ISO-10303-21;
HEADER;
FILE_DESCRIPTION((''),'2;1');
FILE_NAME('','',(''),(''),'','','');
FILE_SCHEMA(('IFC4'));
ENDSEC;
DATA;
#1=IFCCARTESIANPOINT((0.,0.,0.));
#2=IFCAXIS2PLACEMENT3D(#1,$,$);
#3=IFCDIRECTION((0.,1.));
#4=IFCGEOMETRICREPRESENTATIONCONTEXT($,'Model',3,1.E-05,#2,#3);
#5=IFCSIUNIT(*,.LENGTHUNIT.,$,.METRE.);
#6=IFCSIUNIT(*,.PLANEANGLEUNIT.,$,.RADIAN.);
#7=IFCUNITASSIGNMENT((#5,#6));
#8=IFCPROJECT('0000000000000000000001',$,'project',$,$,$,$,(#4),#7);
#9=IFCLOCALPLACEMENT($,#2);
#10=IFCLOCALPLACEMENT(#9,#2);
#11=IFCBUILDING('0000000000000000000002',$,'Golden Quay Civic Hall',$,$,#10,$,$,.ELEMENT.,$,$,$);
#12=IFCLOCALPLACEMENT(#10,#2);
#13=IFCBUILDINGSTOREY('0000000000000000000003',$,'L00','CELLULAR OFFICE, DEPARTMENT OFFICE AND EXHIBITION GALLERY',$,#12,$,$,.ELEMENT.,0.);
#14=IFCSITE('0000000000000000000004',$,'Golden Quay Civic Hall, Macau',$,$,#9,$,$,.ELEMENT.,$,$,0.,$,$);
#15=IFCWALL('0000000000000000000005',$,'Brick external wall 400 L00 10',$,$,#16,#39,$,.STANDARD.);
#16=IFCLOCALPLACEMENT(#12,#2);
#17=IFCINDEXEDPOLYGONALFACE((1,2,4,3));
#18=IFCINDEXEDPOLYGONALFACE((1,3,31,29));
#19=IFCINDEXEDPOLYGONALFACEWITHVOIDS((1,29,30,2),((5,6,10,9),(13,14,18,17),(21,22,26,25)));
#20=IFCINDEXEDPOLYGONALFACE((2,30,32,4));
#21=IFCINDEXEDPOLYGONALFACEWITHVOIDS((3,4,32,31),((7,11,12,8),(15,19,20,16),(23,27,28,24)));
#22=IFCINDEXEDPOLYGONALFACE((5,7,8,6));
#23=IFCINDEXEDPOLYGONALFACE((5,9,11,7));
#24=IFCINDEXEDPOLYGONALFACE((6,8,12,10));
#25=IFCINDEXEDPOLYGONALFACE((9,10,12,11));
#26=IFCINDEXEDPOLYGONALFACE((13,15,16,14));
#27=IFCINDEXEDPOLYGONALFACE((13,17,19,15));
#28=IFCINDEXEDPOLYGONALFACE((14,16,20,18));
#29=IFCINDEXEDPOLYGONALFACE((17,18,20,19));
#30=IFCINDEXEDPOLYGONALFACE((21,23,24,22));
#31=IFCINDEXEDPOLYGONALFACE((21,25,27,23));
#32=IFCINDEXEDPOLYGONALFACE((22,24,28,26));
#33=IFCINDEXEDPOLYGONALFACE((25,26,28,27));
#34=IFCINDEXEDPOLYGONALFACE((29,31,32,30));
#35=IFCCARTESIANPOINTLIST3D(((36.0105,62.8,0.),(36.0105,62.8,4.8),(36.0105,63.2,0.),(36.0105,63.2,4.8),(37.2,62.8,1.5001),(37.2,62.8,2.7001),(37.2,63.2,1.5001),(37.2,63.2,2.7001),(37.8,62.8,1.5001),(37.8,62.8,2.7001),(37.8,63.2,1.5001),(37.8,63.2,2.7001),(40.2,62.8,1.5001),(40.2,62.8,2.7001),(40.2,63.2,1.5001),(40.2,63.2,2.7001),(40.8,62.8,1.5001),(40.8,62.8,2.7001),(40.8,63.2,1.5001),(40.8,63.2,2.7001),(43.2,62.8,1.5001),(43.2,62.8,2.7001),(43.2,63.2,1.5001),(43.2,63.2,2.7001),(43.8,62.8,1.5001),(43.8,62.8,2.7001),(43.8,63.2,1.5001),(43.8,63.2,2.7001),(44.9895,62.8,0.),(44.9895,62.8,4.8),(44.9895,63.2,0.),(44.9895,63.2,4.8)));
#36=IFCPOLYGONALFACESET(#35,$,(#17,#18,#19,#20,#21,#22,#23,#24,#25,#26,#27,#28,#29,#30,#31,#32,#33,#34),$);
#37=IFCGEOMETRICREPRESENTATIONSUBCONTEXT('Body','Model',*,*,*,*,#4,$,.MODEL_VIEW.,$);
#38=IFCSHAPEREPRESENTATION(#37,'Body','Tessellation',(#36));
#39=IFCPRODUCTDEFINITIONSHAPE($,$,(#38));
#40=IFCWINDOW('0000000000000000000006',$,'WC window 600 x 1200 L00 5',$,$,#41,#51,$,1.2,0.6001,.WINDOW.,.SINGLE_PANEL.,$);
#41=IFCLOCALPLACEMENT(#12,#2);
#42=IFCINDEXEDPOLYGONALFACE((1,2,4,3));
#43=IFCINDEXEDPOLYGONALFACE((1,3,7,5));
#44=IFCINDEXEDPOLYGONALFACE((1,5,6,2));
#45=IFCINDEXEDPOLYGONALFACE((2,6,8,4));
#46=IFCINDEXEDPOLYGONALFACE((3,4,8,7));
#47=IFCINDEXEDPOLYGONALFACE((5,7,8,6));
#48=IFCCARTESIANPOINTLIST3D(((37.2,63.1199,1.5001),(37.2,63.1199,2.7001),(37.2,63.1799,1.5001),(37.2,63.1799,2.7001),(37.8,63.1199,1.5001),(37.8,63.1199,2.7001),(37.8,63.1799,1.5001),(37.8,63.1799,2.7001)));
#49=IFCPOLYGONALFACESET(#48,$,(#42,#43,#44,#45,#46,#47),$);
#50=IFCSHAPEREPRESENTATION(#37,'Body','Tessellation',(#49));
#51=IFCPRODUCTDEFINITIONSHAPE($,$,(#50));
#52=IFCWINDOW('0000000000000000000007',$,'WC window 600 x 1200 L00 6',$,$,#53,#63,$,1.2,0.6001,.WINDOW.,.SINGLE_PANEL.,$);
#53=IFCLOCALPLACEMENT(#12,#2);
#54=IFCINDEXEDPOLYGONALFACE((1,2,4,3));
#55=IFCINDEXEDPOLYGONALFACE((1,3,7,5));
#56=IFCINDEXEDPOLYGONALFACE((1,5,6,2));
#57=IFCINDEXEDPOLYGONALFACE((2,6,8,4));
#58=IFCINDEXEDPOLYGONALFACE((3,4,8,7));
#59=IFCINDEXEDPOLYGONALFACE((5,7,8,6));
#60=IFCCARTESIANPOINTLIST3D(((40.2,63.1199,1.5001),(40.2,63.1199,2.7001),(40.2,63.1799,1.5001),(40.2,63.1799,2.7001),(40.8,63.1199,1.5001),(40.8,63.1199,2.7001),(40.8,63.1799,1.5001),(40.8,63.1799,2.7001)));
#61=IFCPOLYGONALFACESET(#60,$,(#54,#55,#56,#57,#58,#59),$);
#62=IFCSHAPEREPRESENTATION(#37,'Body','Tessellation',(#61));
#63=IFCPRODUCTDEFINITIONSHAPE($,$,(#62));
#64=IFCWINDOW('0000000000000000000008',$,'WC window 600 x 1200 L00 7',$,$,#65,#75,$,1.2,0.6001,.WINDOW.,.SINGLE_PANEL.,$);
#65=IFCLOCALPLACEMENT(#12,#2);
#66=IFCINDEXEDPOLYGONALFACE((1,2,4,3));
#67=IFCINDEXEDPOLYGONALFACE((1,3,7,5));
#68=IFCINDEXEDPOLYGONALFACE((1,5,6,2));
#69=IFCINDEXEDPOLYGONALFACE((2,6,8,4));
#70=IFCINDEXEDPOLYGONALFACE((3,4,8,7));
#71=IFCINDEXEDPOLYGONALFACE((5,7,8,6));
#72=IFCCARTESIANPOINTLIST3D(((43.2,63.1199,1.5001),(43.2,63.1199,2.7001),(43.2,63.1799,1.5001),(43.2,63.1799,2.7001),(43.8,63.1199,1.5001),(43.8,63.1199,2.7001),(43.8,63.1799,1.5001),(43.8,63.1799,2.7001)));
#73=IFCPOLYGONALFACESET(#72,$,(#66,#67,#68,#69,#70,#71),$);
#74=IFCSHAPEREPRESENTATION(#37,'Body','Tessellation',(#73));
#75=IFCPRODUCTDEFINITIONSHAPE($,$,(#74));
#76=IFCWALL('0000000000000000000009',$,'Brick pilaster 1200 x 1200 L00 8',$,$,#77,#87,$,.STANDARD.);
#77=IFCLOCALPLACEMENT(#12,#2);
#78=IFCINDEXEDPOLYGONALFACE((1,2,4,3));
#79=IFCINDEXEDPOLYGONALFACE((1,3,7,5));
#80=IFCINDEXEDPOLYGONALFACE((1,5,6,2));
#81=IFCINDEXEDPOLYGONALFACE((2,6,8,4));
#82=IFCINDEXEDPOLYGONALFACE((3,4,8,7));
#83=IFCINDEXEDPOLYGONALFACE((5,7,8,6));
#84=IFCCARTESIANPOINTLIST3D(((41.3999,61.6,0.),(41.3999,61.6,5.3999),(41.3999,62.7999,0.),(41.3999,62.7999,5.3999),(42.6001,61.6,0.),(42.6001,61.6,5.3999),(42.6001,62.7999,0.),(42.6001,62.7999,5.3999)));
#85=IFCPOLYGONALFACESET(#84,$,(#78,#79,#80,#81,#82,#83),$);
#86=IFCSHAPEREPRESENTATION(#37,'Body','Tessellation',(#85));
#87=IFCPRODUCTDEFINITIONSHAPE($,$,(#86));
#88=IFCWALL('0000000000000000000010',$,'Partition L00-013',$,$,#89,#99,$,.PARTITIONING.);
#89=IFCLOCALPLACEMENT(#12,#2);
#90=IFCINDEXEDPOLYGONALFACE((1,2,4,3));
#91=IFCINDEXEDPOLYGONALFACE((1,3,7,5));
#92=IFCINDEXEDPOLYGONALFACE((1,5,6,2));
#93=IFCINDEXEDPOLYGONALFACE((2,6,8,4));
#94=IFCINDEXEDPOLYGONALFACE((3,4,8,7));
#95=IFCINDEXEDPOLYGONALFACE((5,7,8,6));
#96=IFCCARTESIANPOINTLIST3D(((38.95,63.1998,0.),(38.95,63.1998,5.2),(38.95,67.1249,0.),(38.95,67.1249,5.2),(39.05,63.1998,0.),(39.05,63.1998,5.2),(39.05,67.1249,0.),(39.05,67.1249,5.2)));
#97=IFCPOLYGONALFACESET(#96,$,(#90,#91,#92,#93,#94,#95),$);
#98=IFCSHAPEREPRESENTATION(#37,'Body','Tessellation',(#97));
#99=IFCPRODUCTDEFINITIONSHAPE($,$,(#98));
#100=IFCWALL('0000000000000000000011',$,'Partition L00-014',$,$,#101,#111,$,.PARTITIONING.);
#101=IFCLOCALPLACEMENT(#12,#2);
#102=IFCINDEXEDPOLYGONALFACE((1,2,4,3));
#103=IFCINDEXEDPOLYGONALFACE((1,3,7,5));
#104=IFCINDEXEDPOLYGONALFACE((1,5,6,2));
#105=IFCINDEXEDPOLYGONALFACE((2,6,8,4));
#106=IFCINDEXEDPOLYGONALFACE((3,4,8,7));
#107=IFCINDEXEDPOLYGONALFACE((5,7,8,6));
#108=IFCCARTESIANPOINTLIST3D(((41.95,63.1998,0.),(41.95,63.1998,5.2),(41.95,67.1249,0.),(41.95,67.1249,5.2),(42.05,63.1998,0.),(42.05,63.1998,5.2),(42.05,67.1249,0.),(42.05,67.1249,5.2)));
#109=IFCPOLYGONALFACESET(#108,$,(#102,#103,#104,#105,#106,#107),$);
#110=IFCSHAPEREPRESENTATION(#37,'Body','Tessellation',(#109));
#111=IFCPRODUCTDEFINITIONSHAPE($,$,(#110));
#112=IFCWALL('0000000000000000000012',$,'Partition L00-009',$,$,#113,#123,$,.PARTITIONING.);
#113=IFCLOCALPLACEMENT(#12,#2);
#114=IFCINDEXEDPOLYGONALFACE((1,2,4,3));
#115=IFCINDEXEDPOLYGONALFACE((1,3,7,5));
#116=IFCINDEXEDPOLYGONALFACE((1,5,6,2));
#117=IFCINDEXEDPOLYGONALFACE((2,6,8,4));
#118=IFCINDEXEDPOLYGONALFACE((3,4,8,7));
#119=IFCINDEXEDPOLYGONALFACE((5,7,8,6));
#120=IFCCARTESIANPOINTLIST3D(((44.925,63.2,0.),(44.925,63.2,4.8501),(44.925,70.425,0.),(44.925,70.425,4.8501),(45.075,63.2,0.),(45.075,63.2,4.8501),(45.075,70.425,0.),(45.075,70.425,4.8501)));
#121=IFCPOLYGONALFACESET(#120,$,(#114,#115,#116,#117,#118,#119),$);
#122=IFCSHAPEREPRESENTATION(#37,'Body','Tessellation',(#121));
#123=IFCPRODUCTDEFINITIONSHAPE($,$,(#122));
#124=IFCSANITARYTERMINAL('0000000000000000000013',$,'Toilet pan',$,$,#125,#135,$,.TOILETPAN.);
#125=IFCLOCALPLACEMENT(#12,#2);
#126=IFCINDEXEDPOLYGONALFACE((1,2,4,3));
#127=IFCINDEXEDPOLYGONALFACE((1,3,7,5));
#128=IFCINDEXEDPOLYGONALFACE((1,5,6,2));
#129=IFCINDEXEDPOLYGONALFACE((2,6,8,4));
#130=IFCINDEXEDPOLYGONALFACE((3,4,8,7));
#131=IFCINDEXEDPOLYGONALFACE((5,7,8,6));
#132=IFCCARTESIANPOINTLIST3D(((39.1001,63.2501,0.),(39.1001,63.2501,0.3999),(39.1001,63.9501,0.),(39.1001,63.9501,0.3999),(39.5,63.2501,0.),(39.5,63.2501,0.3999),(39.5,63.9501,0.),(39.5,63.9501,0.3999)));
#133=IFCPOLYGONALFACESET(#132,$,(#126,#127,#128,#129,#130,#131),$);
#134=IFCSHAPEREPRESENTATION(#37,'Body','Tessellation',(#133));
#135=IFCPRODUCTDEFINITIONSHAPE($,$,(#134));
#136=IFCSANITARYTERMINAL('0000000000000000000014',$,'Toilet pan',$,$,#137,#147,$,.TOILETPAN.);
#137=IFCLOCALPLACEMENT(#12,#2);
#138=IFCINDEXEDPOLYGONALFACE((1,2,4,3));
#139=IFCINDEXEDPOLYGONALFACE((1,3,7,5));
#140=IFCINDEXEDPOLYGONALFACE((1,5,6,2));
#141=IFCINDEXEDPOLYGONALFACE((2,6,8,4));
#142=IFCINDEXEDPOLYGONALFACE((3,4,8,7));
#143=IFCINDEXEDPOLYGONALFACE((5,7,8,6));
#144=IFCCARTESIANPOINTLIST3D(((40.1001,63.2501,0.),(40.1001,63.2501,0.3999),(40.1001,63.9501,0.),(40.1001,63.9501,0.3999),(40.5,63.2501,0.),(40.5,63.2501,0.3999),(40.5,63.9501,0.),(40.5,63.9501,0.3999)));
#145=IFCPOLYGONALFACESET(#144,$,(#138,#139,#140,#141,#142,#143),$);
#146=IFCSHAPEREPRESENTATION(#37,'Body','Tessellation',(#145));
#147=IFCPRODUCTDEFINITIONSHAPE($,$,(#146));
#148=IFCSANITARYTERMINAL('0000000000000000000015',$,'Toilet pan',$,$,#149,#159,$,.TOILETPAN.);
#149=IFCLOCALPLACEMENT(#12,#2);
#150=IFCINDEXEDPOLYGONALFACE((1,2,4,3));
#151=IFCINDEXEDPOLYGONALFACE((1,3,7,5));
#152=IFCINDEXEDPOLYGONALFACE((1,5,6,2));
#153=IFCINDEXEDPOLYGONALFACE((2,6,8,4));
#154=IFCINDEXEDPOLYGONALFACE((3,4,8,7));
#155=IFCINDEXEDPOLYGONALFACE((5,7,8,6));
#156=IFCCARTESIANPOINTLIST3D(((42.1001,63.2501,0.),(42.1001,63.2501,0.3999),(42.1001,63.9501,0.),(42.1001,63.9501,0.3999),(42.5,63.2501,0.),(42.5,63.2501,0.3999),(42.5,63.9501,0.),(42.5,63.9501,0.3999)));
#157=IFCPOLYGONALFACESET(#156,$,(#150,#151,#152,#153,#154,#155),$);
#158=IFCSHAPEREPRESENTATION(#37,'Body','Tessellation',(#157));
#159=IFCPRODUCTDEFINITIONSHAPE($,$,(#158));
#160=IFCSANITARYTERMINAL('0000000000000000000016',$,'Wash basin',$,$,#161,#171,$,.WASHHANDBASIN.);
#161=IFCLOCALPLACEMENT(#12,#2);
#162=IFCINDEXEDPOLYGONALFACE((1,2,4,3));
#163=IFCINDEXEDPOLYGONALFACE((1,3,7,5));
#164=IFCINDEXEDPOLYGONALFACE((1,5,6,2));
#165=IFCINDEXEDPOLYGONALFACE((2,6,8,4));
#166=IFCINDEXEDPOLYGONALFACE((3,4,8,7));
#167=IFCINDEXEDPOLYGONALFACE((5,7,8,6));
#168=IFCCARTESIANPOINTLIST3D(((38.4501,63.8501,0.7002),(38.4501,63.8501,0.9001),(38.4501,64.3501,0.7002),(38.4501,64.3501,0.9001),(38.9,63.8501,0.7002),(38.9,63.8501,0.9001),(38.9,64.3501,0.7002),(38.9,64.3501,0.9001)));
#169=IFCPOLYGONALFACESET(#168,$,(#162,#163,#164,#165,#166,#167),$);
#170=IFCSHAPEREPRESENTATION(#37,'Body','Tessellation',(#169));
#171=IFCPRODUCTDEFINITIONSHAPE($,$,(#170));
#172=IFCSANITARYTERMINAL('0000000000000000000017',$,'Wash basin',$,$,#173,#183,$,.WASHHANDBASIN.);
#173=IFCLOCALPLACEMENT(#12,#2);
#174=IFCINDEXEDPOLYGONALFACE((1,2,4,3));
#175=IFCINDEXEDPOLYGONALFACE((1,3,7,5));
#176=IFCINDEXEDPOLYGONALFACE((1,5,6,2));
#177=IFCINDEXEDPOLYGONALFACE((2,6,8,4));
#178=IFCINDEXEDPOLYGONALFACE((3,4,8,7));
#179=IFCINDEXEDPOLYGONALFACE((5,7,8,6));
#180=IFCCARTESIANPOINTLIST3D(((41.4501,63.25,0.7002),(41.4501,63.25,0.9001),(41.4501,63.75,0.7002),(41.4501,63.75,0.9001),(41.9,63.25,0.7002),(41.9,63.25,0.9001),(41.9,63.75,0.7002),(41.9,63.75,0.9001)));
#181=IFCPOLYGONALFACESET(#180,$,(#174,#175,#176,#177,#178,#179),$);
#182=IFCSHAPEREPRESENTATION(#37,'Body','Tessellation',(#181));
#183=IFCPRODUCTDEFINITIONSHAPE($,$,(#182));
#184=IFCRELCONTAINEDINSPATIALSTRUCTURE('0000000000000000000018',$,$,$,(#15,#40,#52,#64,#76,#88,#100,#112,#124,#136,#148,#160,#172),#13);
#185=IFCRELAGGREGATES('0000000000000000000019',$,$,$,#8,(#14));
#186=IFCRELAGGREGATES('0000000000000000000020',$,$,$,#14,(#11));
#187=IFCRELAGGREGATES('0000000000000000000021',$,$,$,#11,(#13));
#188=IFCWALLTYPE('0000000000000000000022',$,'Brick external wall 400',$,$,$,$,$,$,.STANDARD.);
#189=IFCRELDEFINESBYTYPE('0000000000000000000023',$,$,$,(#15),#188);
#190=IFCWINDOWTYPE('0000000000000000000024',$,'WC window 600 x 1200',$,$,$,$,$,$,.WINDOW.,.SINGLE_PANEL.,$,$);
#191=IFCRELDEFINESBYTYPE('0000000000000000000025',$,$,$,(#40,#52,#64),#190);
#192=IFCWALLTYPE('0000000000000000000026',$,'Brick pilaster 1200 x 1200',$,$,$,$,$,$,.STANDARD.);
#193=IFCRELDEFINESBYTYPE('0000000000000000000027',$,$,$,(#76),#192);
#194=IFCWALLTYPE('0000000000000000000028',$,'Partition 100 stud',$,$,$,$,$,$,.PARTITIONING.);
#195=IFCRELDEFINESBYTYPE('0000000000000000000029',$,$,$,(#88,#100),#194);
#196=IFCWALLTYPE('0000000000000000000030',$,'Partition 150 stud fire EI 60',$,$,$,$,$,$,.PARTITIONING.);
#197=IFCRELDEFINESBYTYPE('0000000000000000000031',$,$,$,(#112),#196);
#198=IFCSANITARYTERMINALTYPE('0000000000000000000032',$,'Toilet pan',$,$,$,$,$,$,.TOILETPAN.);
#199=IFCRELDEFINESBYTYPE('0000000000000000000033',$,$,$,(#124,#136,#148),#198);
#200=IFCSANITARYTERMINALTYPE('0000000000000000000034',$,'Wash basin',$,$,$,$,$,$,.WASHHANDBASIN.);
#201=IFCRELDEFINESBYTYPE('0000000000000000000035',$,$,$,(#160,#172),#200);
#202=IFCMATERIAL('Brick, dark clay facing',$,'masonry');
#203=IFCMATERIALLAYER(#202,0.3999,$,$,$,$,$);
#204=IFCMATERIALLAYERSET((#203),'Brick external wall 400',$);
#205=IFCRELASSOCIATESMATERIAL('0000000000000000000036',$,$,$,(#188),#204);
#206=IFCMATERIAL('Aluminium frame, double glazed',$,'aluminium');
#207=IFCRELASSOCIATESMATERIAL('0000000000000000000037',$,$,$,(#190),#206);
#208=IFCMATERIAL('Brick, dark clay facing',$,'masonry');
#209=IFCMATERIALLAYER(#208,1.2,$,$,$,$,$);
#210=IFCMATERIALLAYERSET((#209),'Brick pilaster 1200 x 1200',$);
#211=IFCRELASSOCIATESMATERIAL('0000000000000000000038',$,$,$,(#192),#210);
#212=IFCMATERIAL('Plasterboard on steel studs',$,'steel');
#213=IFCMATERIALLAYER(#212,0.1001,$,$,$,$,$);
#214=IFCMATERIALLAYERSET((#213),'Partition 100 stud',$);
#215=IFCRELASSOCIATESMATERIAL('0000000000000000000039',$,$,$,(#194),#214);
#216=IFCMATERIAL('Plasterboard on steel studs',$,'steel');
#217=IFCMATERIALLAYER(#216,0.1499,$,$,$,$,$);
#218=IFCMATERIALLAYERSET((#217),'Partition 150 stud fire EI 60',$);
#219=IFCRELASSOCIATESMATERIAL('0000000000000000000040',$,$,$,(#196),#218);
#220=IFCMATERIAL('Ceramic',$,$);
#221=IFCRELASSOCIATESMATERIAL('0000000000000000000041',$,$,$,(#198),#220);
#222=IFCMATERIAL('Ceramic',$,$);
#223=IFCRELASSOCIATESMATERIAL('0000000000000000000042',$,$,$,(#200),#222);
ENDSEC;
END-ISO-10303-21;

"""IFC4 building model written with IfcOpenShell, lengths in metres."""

from ifc_helpers import new_model, si_unit, direction, frame, frame_2d, origin, origin_2d, place, context, subcontext, project, spatial, rectangle, extrude, material, layer, layer_set, type_object, element, fill, save


model = new_model("IFC4")

# Units and contexts
model_context = context("Model", 3, precision=1e-05, world=origin(), true_north=direction((0.0, 1.0)))
body_context = subcontext(model_context, "Body", "Model", "MODEL_VIEW")
ifc_project = project(units=[si_unit("LENGTHUNIT", "METRE"), si_unit("PLANEANGLEUNIT", "RADIAN")], contexts=[model_context])

# Site, building, storey
site_placement = place(None, origin())
site = spatial("IfcSite", under=ifc_project, at=site_placement, Name="Golden Quay Civic Hall, Macau", CompositionType="ELEMENT", RefElevation=0.0)
building_placement = place(site_placement, origin())
building = spatial("IfcBuilding", under=site, at=building_placement, Name="Golden Quay Civic Hall", CompositionType="ELEMENT")
storey_placement = place(building_placement, origin())
storey = spatial("IfcBuildingStorey", under=building, at=storey_placement, Name="L00", Description="CELLULAR OFFICE, DEPARTMENT OFFICE AND EXHIBITION GALLERY", CompositionType="ELEMENT", Elevation=0.0)

# Wall, openings, windows
ifc_material_1 = material(Name="Brick, dark clay facing", Category="masonry")
ifc_layer_1 = layer(ifc_material_1, 0.3999)
ifc_layer_set_1 = layer_set([ifc_layer_1], Name="Brick external wall 400")
wall_type_1 = type_object("IfcWallType", Name="Brick external wall 400", PredefinedType="STANDARD", material=ifc_layer_set_1)
wall_1_placement = place(storey_placement, frame((44.9895, 63.0, 0.0), z_axis=(0.0, 0.0, 1.0), x_axis=(-1.0, 0.0, 0.0)))
wall_1 = element("IfcWall", 1, at=wall_1_placement, inside=storey, type_object=wall_type_1, Name="Brick external wall 400 L00 10", PredefinedType="STANDARD", context=body_context, shape_type="SweptSolid", body=[
    extrude(rectangle(XDim=8.979, YDim=0.3999, at=frame_2d((4.4895, 0.0))), origin(), (0.0, 0.0, 1.0), 4.8),
])
opening_1_placement = place(wall_1_placement, frame((7.1895, 0.0, 1.5)))
opening_1 = element("IfcOpeningElement", 2, at=opening_1_placement, cuts=wall_1, PredefinedType="OPENING", context=body_context, shape_type="SweptSolid", body=[
    extrude(rectangle(XDim=0.6001, YDim=1.2, at=frame_2d((0.3, 0.6001))), frame((0.0, 0.21, 0.0), z_axis=(0.0, -1.0, 0.0), x_axis=(1.0, 0.0, 0.0)), (0.0, 0.0, 1.0), 0.4199),
])
opening_2_placement = place(wall_1_placement, frame((4.1895, 0.0, 1.5)))
opening_2 = element("IfcOpeningElement", 3, at=opening_2_placement, cuts=wall_1, PredefinedType="OPENING", context=body_context, shape_type="SweptSolid", body=[
    extrude(rectangle(XDim=0.6001, YDim=1.2, at=frame_2d((0.3, 0.6001))), frame((0.0, 0.21, 0.0), z_axis=(0.0, -1.0, 0.0), x_axis=(1.0, 0.0, 0.0)), (0.0, 0.0, 1.0), 0.4199),
])
opening_3_placement = place(wall_1_placement, frame((1.1895, 0.0, 1.5)))
opening_3 = element("IfcOpeningElement", 4, at=opening_3_placement, cuts=wall_1, PredefinedType="OPENING", context=body_context, shape_type="SweptSolid", body=[
    extrude(rectangle(XDim=0.6001, YDim=1.2, at=frame_2d((0.3, 0.6001))), frame((0.0, 0.21, 0.0), z_axis=(0.0, -1.0, 0.0), x_axis=(1.0, 0.0, 0.0)), (0.0, 0.0, 1.0), 0.4199),
])
ifc_material_2 = material(Name="Aluminium frame, double glazed", Category="aluminium")
window_type = type_object("IfcWindowType", Name="WC window 600 x 1200", PartitioningType="SINGLE_PANEL", PredefinedType="WINDOW", material=ifc_material_2)
window_1_placement = place(opening_1_placement, origin())
window_1 = element("IfcWindow", 5, at=window_1_placement, inside=storey, type_object=window_type, Name="WC window 600 x 1200 L00 5", OverallHeight=1.2, OverallWidth=0.6001, PartitioningType="SINGLE_PANEL", PredefinedType="WINDOW", context=body_context, shape_type="SweptSolid", body=[
    extrude(rectangle(XDim=0.6001, YDim=1.2, at=frame_2d((0.3, 0.6001))), frame((0.0, -0.1199, 0.0), z_axis=(0.0, -1.0, 0.0), x_axis=(1.0, 0.0, 0.0)), (0.0, 0.0, 1.0), 0.0601),
])
fill(opening_1, window_1)
window_2_placement = place(opening_2_placement, origin())
window_2 = element("IfcWindow", 6, at=window_2_placement, inside=storey, type_object=window_type, Name="WC window 600 x 1200 L00 6", OverallHeight=1.2, OverallWidth=0.6001, PartitioningType="SINGLE_PANEL", PredefinedType="WINDOW", context=body_context, shape_type="SweptSolid", body=[
    extrude(rectangle(XDim=0.6001, YDim=1.2, at=frame_2d((0.3, 0.6001))), frame((0.0, -0.1199, 0.0), z_axis=(0.0, -1.0, 0.0), x_axis=(1.0, 0.0, 0.0)), (0.0, 0.0, 1.0), 0.0601),
])
fill(opening_2, window_2)
window_3_placement = place(opening_3_placement, origin())
window_3 = element("IfcWindow", 7, at=window_3_placement, inside=storey, type_object=window_type, Name="WC window 600 x 1200 L00 7", OverallHeight=1.2, OverallWidth=0.6001, PartitioningType="SINGLE_PANEL", PredefinedType="WINDOW", context=body_context, shape_type="SweptSolid", body=[
    extrude(rectangle(XDim=0.6001, YDim=1.2, at=frame_2d((0.3, 0.6001))), frame((0.0, -0.1199, 0.0), z_axis=(0.0, -1.0, 0.0), x_axis=(1.0, 0.0, 0.0)), (0.0, 0.0, 1.0), 0.0601),
])
fill(opening_3, window_3)

# Walls
ifc_material_3 = material(Name="Brick, dark clay facing", Category="masonry")
ifc_layer_2 = layer(ifc_material_3, 1.2)
ifc_layer_set_2 = layer_set([ifc_layer_2], Name="Brick pilaster 1200 x 1200")
wall_type_2 = type_object("IfcWallType", Name="Brick pilaster 1200 x 1200", PredefinedType="STANDARD", material=ifc_layer_set_2)
wall_2_placement = place(storey_placement, frame((41.3999, 62.2, 0.0), z_axis=(0.0, 0.0, 1.0), x_axis=(1.0, 0.0, 0.0)))
element("IfcWall", 8, at=wall_2_placement, inside=storey, type_object=wall_type_2, Name="Brick pilaster 1200 x 1200 L00 8", PredefinedType="STANDARD", context=body_context, shape_type="SweptSolid", body=[
    extrude(rectangle(XDim=1.2002, YDim=1.2, at=frame_2d((0.6001, 0.0))), origin(), (0.0, 0.0, 1.0), 5.3999),
])
ifc_material_4 = material(Name="Plasterboard on steel studs", Category="steel")
ifc_layer_3 = layer(ifc_material_4, 0.1001)
ifc_layer_set_3 = layer_set([ifc_layer_3], Name="Partition 100 stud")
wall_type_3 = type_object("IfcWallType", Name="Partition 100 stud", PredefinedType="PARTITIONING", material=ifc_layer_set_3)
for number, where, z_axis, x_axis, name in (
    (9, (39.0, 63.2, 0.0), (0.0, 0.0, 1.0), (0.0, 1.0, 0.0), "Partition L00-013"),
    (10, (42.0, 63.2, 0.0), (0.0, 0.0, 1.0), (0.0, 1.0, 0.0), "Partition L00-014"),
):
    element("IfcWall", number, at=place(storey_placement, frame(where, z_axis=z_axis, x_axis=x_axis)), inside=storey, type_object=wall_type_3, Name=name, PredefinedType="PARTITIONING", context=body_context, shape_type="SweptSolid", body=[
        extrude(rectangle(XDim=3.925, YDim=0.1001, at=frame_2d((1.9624, 0.0))), origin(), (0.0, 0.0, 1.0), 5.2),
    ])
ifc_material_5 = material(Name="Plasterboard on steel studs", Category="steel")
ifc_layer_4 = layer(ifc_material_5, 0.1499)
ifc_layer_set_4 = layer_set([ifc_layer_4], Name="Partition 150 stud fire EI 60")
wall_type_4 = type_object("IfcWallType", Name="Partition 150 stud fire EI 60", PredefinedType="PARTITIONING", material=ifc_layer_set_4)
wall_3_placement = place(storey_placement, frame((45.0, 63.2, 0.0), z_axis=(0.0, 0.0, 1.0), x_axis=(0.0, 1.0, 0.0)))
element("IfcWall", 11, at=wall_3_placement, inside=storey, type_object=wall_type_4, Name="Partition L00-009", PredefinedType="PARTITIONING", context=body_context, shape_type="SweptSolid", body=[
    extrude(rectangle(XDim=7.2251, YDim=0.1499, at=frame_2d((3.6125, 0.0))), origin(), (0.0, 0.0, 1.0), 4.8501),
])

# Sanitary terminals
ifc_material_6 = material(Name="Ceramic")
sanitary_terminal_type_1 = type_object("IfcSanitaryTerminalType", Name="Toilet pan", PredefinedType="TOILETPAN", material=ifc_material_6)
for number, where, z_axis, x_axis, name in (
    (12, (39.3, 63.6001, 0.0), (0.0, 0.0, 1.0), (1.0, 0.0, 0.0), "Toilet pan"),
    (13, (40.3, 63.6001, 0.0), (0.0, 0.0, 1.0), (1.0, 0.0, 0.0), "Toilet pan"),
    (14, (42.3, 63.6001, 0.0), (0.0, 0.0, 1.0), (1.0, 0.0, 0.0), "Toilet pan"),
):
    element("IfcSanitaryTerminal", number, at=place(storey_placement, frame(where, z_axis=z_axis, x_axis=x_axis)), inside=storey, type_object=sanitary_terminal_type_1, Name=name, PredefinedType="TOILETPAN", context=body_context, shape_type="SweptSolid", body=[
        extrude(rectangle(XDim=0.3999, YDim=0.7, at=origin_2d()), origin(), (0.0, 0.0, 1.0), 0.3999),
    ])
ifc_material_7 = material(Name="Ceramic")
sanitary_terminal_type_2 = type_object("IfcSanitaryTerminalType", Name="Wash basin", PredefinedType="WASHHANDBASIN", material=ifc_material_7)
for number, where, z_axis, x_axis, name in (
    (15, (38.675, 64.1001, 0.7002), (0.0, 0.0, 1.0), (0.0, 1.0, 0.0), "Wash basin"),
    (16, (41.675, 63.5, 0.7002), (0.0, 0.0, 1.0), (0.0, 1.0, 0.0), "Wash basin"),
):
    element("IfcSanitaryTerminal", number, at=place(storey_placement, frame(where, z_axis=z_axis, x_axis=x_axis)), inside=storey, type_object=sanitary_terminal_type_2, Name=name, PredefinedType="WASHHANDBASIN", context=body_context, shape_type="SweptSolid", body=[
        extrude(rectangle(XDim=0.5, YDim=0.45, at=origin_2d()), origin(), (0.0, 0.0, 1.0), 0.2),
    ])

save(model, "model.ifc")
